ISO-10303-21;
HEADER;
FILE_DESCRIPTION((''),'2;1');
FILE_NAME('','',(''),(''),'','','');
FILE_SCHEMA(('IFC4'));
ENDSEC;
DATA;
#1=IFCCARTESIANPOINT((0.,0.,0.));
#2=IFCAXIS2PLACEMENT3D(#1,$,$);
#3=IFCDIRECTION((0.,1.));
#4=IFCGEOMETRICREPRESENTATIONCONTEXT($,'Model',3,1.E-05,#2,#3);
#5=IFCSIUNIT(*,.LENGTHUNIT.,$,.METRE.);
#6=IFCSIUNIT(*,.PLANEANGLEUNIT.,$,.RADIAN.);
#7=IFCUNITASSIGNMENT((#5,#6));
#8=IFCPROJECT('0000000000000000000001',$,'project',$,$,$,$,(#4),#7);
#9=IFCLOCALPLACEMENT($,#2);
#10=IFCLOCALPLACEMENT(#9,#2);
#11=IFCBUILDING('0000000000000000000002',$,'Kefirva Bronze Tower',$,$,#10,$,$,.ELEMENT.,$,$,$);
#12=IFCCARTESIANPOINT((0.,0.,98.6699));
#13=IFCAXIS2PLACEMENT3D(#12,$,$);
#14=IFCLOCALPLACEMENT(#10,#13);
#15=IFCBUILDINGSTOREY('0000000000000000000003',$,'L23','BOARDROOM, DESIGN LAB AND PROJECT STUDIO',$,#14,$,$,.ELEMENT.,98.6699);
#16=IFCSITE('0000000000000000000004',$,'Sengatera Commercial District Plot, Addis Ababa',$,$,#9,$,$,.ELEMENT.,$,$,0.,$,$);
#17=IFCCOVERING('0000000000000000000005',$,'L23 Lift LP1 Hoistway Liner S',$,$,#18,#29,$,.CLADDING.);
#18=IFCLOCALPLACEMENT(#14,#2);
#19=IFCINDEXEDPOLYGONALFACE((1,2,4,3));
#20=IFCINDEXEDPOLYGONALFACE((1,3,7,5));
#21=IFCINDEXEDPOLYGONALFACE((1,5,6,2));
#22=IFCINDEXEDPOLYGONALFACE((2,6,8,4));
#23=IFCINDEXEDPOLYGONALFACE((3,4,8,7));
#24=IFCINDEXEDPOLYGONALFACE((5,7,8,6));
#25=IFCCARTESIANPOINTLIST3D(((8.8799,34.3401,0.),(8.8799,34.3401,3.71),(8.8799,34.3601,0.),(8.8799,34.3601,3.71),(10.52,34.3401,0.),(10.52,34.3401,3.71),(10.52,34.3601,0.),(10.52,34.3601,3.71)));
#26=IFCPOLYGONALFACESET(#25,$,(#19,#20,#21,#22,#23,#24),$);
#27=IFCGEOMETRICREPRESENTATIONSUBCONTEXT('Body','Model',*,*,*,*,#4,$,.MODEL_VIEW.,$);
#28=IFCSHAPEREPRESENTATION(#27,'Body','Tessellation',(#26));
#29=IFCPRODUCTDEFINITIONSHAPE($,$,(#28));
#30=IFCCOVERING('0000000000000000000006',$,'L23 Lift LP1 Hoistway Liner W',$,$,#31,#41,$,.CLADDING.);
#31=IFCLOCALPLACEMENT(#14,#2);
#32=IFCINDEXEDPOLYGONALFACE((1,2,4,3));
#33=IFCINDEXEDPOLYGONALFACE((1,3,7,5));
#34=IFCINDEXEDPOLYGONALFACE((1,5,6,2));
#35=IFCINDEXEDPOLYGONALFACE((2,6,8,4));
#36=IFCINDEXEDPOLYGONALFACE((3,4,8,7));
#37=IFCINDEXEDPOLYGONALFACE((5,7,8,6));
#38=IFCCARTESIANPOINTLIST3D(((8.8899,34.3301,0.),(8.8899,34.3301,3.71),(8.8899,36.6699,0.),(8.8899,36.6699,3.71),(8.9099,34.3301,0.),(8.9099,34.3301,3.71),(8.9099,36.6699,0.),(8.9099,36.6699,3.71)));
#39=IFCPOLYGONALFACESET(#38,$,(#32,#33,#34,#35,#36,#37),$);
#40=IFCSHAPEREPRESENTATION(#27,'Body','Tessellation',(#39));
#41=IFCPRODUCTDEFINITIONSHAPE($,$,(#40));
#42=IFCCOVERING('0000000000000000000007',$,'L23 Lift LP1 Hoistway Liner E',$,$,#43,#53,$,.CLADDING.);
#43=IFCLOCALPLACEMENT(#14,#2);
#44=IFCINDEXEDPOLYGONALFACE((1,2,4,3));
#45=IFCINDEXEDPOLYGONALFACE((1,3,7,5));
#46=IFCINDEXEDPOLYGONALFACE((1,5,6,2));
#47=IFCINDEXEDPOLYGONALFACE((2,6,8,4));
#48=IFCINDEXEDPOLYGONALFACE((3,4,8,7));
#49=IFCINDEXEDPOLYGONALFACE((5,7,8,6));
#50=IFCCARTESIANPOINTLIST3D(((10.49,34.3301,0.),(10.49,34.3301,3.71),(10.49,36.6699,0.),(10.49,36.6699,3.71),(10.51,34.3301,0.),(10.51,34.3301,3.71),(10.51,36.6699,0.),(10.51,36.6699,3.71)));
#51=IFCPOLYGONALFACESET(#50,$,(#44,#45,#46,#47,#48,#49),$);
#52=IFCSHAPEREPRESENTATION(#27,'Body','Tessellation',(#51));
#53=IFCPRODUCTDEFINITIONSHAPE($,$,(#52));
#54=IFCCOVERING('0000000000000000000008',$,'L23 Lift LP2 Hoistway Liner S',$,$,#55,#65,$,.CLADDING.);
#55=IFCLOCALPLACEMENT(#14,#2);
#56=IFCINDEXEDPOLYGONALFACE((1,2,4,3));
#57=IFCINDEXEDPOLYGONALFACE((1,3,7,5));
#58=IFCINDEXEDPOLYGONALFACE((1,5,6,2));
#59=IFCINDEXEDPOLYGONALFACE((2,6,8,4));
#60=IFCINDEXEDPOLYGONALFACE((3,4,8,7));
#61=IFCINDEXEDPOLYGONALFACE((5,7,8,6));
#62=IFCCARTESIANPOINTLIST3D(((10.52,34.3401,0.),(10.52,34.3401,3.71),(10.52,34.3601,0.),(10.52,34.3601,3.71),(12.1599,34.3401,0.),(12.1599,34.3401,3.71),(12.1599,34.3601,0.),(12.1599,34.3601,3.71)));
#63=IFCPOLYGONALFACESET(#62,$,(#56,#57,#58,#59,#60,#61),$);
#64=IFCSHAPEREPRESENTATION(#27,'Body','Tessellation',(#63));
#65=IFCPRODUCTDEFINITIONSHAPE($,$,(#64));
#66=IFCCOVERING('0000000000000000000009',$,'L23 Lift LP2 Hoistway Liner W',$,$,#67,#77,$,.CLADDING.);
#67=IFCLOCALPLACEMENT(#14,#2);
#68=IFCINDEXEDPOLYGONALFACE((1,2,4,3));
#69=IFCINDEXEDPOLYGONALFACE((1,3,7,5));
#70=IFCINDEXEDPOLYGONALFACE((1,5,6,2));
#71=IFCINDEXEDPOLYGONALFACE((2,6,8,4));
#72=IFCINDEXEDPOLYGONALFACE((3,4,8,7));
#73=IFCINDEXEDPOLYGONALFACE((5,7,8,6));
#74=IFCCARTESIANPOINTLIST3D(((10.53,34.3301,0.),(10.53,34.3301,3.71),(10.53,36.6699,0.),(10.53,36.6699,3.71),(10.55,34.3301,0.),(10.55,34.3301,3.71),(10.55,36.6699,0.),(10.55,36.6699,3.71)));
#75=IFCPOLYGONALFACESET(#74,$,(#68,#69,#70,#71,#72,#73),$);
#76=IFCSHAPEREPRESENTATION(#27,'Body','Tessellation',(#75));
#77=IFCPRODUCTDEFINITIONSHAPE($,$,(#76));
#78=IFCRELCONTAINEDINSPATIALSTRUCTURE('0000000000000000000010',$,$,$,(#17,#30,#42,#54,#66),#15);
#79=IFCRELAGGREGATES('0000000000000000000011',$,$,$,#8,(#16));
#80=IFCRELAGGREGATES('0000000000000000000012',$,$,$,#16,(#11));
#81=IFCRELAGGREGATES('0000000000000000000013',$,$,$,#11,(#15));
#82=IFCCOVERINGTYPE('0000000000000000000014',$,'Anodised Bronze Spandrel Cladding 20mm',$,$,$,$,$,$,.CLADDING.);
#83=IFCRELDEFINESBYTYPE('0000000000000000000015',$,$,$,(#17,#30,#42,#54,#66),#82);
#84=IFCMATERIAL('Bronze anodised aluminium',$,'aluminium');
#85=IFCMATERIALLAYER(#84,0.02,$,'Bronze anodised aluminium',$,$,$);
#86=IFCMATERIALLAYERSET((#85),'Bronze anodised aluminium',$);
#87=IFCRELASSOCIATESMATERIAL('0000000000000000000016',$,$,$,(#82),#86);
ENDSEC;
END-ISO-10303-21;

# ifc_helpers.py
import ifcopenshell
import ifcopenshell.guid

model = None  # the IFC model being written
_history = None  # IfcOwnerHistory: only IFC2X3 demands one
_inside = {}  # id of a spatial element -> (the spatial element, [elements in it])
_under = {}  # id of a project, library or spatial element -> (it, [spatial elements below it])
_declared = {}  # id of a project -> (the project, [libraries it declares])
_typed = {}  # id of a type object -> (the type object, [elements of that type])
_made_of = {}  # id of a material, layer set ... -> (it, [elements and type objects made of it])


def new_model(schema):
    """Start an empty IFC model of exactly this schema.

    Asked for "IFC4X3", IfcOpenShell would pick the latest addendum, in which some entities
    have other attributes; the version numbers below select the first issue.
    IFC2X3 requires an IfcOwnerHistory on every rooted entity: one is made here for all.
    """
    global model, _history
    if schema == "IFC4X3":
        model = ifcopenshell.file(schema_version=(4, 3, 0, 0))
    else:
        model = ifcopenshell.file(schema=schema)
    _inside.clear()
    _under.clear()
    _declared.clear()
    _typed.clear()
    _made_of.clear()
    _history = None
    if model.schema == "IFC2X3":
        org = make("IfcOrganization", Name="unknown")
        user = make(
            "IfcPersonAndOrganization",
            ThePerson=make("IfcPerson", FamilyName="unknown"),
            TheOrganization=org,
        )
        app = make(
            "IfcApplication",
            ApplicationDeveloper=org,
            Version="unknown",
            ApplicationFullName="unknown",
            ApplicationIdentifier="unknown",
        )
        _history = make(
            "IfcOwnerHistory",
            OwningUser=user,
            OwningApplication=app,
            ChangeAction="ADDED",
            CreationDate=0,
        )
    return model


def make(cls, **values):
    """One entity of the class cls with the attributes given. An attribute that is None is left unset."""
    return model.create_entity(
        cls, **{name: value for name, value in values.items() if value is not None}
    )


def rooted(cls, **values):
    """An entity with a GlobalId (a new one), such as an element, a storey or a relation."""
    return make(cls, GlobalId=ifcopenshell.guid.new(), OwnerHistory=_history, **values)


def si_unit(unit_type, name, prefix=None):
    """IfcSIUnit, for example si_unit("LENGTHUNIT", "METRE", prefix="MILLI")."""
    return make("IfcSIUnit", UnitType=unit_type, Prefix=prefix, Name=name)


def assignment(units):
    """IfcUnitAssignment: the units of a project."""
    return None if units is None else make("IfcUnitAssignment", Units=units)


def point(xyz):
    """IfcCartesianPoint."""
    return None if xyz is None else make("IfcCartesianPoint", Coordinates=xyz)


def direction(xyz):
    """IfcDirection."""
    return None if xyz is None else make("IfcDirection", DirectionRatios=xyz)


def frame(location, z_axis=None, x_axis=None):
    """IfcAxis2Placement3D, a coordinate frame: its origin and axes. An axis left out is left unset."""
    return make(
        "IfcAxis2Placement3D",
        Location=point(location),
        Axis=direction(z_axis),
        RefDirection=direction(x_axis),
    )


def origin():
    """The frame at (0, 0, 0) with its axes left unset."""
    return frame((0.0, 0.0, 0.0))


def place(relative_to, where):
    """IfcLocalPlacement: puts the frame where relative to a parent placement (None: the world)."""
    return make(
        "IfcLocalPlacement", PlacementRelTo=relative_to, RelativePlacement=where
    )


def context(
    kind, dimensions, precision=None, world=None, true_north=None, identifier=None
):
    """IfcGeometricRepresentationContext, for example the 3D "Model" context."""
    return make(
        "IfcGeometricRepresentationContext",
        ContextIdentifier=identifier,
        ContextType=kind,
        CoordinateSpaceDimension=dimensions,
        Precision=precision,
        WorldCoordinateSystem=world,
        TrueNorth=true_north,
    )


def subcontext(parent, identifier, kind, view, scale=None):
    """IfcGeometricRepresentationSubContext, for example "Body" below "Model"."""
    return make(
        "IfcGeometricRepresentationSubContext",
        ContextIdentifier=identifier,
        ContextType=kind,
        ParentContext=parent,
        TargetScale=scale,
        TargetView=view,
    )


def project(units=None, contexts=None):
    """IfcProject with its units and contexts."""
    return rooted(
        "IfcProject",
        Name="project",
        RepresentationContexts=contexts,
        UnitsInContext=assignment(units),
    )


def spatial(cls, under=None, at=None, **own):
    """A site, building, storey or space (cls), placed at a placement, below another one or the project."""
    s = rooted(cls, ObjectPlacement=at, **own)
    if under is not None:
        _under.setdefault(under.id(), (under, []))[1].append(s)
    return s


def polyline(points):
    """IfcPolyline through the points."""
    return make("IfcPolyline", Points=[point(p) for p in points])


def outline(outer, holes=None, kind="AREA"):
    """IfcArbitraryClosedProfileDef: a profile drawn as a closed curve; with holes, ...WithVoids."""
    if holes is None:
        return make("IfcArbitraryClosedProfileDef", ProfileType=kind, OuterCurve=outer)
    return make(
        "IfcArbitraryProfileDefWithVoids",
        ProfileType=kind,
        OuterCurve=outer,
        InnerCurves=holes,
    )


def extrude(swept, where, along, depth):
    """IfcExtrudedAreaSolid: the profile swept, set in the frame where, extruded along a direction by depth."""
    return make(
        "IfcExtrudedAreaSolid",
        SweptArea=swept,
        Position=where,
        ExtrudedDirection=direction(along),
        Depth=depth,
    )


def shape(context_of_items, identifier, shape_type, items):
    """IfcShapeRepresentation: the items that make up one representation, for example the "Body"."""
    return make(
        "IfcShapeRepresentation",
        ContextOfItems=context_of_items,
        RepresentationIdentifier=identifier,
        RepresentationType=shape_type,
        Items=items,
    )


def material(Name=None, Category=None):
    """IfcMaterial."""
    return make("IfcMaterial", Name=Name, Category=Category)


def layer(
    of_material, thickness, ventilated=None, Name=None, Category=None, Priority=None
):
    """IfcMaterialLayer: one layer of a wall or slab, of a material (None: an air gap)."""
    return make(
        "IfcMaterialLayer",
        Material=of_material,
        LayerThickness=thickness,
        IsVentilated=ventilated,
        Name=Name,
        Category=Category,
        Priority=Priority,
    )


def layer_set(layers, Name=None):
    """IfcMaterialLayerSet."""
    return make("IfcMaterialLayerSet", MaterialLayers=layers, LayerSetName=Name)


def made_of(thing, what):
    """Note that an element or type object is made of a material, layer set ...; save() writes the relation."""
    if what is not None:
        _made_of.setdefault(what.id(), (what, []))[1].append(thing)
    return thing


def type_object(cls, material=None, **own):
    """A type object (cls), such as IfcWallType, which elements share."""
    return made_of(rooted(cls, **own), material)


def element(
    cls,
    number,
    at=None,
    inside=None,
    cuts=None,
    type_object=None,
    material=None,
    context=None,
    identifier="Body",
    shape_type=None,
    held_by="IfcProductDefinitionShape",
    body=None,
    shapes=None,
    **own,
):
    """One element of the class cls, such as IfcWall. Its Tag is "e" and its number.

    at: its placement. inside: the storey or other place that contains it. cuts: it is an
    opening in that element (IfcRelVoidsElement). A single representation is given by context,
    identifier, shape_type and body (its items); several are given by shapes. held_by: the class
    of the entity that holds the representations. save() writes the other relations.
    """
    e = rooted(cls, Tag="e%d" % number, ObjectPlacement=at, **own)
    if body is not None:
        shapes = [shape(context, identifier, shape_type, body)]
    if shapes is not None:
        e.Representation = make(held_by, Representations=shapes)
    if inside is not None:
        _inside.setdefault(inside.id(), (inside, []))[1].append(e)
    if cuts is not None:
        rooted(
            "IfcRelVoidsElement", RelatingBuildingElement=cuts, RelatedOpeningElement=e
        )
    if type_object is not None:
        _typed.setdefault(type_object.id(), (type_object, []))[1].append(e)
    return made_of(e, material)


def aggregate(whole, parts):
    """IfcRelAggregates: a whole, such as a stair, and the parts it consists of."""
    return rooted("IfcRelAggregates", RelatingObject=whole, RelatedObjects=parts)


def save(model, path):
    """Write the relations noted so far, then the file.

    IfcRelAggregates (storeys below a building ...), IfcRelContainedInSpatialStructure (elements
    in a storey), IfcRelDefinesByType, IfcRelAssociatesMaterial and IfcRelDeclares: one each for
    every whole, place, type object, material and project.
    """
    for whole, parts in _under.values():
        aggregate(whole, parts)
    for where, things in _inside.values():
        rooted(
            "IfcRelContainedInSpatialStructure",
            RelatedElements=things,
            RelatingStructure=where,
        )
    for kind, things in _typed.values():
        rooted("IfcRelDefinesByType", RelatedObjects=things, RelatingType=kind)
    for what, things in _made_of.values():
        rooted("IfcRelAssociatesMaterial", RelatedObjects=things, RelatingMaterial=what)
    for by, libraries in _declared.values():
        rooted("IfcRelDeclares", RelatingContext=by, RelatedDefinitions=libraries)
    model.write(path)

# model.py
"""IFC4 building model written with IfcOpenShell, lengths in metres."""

from ifc_helpers import new_model, si_unit, direction, frame, origin, place, context, subcontext, project, spatial, polyline, outline, extrude, material, layer, layer_set, type_object, element, save


model = new_model("IFC4")

# Units and contexts
model_context = context("Model", 3, precision=1e-05, world=origin(), true_north=direction((0.0, 1.0)))
body_context = subcontext(model_context, "Body", "Model", "MODEL_VIEW")
ifc_project = project(units=[si_unit("LENGTHUNIT", "METRE"), si_unit("PLANEANGLEUNIT", "RADIAN")], contexts=[model_context])

# Site, building, storey
site_placement = place(None, origin())
site = spatial("IfcSite", under=ifc_project, at=site_placement, Name="Sengatera Commercial District Plot, Addis Ababa", CompositionType="ELEMENT", RefElevation=0.0)
building_placement = place(site_placement, origin())
building = spatial("IfcBuilding", under=site, at=building_placement, Name="Kefirva Bronze Tower", CompositionType="ELEMENT")
storey_placement = place(building_placement, frame((0.0, 0.0, 98.6699)))
storey = spatial("IfcBuildingStorey", under=building, at=storey_placement, Name="L23", Description="BOARDROOM, DESIGN LAB AND PROJECT STUDIO", CompositionType="ELEMENT", Elevation=98.6699)

# Coverings
ifc_material_1 = material(Name="Bronze anodised aluminium", Category="aluminium")
ifc_layer_1 = layer(ifc_material_1, 0.02, Name="Bronze anodised aluminium")
ifc_layer_set_1 = layer_set([ifc_layer_1], Name="Bronze anodised aluminium")
covering_type = type_object("IfcCoveringType", Name="Anodised Bronze Spandrel Cladding 20mm", PredefinedType="CLADDING", material=ifc_layer_set_1)
covering_1_placement = place(storey_placement, origin())
element("IfcCovering", 1, at=covering_1_placement, inside=storey, type_object=covering_type, Name="L23 Lift LP1 Hoistway Liner S", PredefinedType="CLADDING", context=body_context, shape_type="SweptSolid", body=[
    extrude(outline(polyline([(8.8799, 34.3401), (10.52, 34.3401), (10.52, 34.3601), (8.8799, 34.3601), (8.8799, 34.3401)])), origin(), (0.0, 0.0, 1.0), 3.71),
])
covering_2_placement = place(storey_placement, origin())
element("IfcCovering", 2, at=covering_2_placement, inside=storey, type_object=covering_type, Name="L23 Lift LP1 Hoistway Liner W", PredefinedType="CLADDING", context=body_context, shape_type="SweptSolid", body=[
    extrude(outline(polyline([(8.8899, 34.3301), (8.9099, 34.3301), (8.9099, 36.6699), (8.8899, 36.6699), (8.8899, 34.3301)])), origin(), (0.0, 0.0, 1.0), 3.71),
])
covering_3_placement = place(storey_placement, origin())
element("IfcCovering", 3, at=covering_3_placement, inside=storey, type_object=covering_type, Name="L23 Lift LP1 Hoistway Liner E", PredefinedType="CLADDING", context=body_context, shape_type="SweptSolid", body=[
    extrude(outline(polyline([(10.49, 34.3301), (10.51, 34.3301), (10.51, 36.6699), (10.49, 36.6699), (10.49, 34.3301)])), origin(), (0.0, 0.0, 1.0), 3.71),
])
covering_4_placement = place(storey_placement, origin())
element("IfcCovering", 4, at=covering_4_placement, inside=storey, type_object=covering_type, Name="L23 Lift LP2 Hoistway Liner S", PredefinedType="CLADDING", context=body_context, shape_type="SweptSolid", body=[
    extrude(outline(polyline([(10.52, 34.3401), (12.1599, 34.3401), (12.1599, 34.3601), (10.52, 34.3601), (10.52, 34.3401)])), origin(), (0.0, 0.0, 1.0), 3.71),
])
covering_5_placement = place(storey_placement, origin())
element("IfcCovering", 5, at=covering_5_placement, inside=storey, type_object=covering_type, Name="L23 Lift LP2 Hoistway Liner W", PredefinedType="CLADDING", context=body_context, shape_type="SweptSolid", body=[
    extrude(outline(polyline([(10.53, 34.3301), (10.55, 34.3301), (10.55, 36.6699), (10.53, 36.6699), (10.53, 34.3301)])), origin(), (0.0, 0.0, 1.0), 3.71),
])

save(model, "model.ifc")
